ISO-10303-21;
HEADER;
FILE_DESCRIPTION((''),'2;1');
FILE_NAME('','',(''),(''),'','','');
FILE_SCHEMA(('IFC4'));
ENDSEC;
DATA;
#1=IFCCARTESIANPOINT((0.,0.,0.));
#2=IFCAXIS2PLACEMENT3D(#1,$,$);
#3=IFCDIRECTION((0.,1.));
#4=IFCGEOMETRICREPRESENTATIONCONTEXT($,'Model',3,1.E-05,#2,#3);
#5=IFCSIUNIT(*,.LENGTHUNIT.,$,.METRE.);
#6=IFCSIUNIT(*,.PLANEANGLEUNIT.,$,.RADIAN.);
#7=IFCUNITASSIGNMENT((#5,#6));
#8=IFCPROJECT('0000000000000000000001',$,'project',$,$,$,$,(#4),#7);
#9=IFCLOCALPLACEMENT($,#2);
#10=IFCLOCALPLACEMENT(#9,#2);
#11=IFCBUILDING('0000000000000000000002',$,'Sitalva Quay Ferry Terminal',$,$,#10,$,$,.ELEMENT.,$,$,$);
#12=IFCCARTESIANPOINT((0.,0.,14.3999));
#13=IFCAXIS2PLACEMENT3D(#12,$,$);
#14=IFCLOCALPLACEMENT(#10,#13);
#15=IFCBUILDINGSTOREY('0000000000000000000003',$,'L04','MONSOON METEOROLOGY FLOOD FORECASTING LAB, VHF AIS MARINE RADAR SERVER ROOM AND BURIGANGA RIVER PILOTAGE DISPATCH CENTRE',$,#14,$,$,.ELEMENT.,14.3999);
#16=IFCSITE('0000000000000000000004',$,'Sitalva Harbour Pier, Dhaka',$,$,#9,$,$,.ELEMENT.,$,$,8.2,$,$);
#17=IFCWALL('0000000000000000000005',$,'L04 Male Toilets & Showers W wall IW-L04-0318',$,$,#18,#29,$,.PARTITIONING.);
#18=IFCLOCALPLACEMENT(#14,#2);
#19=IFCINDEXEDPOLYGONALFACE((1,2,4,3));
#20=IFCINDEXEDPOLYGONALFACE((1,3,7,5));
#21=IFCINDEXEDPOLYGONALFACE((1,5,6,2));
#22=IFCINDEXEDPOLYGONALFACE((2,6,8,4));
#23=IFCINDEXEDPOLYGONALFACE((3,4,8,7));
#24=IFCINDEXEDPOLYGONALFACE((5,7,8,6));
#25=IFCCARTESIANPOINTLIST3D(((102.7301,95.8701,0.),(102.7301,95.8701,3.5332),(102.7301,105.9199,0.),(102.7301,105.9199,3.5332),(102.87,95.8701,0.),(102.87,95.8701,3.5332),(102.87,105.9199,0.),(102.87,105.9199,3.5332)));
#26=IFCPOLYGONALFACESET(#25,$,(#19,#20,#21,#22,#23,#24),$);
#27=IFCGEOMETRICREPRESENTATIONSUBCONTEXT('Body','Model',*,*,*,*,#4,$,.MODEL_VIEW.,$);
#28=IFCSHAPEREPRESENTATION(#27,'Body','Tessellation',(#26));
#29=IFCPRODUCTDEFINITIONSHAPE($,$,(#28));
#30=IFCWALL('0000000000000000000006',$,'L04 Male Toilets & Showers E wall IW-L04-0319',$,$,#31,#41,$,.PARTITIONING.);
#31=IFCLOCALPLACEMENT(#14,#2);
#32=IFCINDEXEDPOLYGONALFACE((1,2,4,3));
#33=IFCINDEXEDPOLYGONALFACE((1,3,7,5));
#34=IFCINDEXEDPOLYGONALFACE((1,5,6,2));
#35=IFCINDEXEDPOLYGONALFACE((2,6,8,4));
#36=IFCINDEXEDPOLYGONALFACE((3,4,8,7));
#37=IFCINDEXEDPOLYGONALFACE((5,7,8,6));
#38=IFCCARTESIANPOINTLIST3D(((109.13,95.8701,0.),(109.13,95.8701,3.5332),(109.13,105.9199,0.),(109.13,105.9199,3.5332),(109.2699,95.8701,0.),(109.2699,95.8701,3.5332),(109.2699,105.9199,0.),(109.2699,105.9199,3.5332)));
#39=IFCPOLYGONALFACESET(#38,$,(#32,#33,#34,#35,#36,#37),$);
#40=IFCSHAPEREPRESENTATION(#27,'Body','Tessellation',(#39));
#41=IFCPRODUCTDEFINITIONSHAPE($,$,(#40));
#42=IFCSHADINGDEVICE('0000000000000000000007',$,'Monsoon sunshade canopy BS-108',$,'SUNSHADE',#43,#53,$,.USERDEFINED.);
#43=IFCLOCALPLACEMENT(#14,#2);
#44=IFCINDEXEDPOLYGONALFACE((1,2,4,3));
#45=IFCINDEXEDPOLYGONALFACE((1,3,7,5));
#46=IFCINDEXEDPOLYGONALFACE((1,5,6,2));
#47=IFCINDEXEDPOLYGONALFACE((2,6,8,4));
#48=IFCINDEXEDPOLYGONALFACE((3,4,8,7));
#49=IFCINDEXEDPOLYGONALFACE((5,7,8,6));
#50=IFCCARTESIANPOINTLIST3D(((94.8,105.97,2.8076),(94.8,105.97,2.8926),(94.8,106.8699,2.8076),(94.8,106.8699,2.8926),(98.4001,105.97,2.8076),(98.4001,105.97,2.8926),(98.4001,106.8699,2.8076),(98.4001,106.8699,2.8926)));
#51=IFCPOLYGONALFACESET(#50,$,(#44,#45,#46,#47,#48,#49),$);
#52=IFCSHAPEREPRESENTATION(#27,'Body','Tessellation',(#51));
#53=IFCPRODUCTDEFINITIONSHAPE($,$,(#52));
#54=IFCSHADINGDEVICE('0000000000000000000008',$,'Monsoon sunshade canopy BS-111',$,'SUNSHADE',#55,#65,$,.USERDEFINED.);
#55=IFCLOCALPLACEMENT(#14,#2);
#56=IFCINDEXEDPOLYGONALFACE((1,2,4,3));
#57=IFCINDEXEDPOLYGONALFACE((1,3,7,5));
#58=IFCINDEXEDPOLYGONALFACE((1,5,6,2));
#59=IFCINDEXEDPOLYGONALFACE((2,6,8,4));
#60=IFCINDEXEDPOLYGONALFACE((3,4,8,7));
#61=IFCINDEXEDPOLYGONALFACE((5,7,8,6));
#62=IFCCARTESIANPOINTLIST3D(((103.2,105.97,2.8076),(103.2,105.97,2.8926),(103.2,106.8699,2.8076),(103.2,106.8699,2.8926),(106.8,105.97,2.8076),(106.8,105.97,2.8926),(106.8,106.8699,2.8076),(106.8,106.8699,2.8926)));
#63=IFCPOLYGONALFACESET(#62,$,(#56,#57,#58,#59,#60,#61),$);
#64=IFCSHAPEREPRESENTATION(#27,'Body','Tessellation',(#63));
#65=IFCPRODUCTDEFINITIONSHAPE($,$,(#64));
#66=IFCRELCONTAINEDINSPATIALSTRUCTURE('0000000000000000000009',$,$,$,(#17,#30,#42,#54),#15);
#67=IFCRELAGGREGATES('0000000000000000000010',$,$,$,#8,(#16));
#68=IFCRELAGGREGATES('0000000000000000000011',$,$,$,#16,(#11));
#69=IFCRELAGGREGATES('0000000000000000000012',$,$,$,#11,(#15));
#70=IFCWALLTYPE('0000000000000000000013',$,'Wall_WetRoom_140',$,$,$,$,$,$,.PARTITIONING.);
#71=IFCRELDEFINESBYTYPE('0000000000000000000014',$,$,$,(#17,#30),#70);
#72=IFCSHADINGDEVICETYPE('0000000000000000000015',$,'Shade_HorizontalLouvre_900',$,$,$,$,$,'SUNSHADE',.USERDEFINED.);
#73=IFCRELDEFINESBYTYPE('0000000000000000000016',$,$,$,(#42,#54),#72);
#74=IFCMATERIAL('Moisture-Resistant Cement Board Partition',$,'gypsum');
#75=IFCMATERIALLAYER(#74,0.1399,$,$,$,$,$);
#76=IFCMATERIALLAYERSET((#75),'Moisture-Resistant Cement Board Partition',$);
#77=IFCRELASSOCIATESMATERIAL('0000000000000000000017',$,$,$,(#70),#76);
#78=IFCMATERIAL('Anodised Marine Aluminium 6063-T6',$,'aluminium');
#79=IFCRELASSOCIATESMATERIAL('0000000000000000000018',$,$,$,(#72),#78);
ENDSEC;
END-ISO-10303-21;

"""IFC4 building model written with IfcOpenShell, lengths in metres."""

from ifc_helpers import new_model, si_unit, direction, frame, frame_2d, origin, origin_2d, place, context, subcontext, project, spatial, rectangle, extrude, material, layer, layer_set, type_object, element, save


model = new_model("IFC4")

# Units and contexts
model_context = context("Model", 3, precision=1e-05, world=origin(), true_north=direction((0.0, 1.0)))
body_context = subcontext(model_context, "Body", "Model", "MODEL_VIEW")
ifc_project = project(units=[si_unit("LENGTHUNIT", "METRE"), si_unit("PLANEANGLEUNIT", "RADIAN")], contexts=[model_context])

# Site, building, storey
site_placement = place(None, origin())
site = spatial("IfcSite", under=ifc_project, at=site_placement, Name="Sitalva Harbour Pier, Dhaka", CompositionType="ELEMENT", RefElevation=8.2)
building_placement = place(site_placement, origin())
building = spatial("IfcBuilding", under=site, at=building_placement, Name="Sitalva Quay Ferry Terminal", CompositionType="ELEMENT")
storey_placement = place(building_placement, frame((0.0, 0.0, 14.3999)))
storey = spatial("IfcBuildingStorey", under=building, at=storey_placement, Name="L04", Description="MONSOON METEOROLOGY FLOOD FORECASTING LAB, VHF AIS MARINE RADAR SERVER ROOM AND BURIGANGA RIVER PILOTAGE DISPATCH CENTRE", CompositionType="ELEMENT", Elevation=14.3999)

# Walls
ifc_material_1 = material(Name="Moisture-Resistant Cement Board Partition", Category="gypsum")
ifc_layer_1 = layer(ifc_material_1, 0.1399)
ifc_layer_set_1 = layer_set([ifc_layer_1], Name="Moisture-Resistant Cement Board Partition")
wall_type_1 = type_object("IfcWallType", Name="Wall_WetRoom_140", PredefinedType="PARTITIONING", material=ifc_layer_set_1)
for number, where, z_axis, x_axis, name in (
    (1, (102.8, 95.8701, 0.0), (0.0, 0.0, 1.0), (0.0, 1.0, 0.0), "L04 Male Toilets & Showers W wall IW-L04-0318"),
    (2, (109.2, 95.8701, 0.0), (0.0, 0.0, 1.0), (0.0, 1.0, 0.0), "L04 Male Toilets & Showers E wall IW-L04-0319"),
):
    element("IfcWall", number, at=place(storey_placement, frame(where, z_axis=z_axis, x_axis=x_axis)), inside=storey, type_object=wall_type_1, Name=name, PredefinedType="PARTITIONING", context=body_context, shape_type="SweptSolid", body=[
        extrude(rectangle(XDim=10.0498, YDim=0.1399, at=frame_2d((5.0249, 0.0))), origin(), (0.0, 0.0, 1.0), 3.5332),
    ])

# Shading devices
ifc_material_2 = material(Name="Anodised Marine Aluminium 6063-T6", Category="aluminium")
shading_device_type = type_object("IfcShadingDeviceType", Name="Shade_HorizontalLouvre_900", ElementType="SUNSHADE", PredefinedType="USERDEFINED", material=ifc_material_2)
for number, where, z_axis, x_axis, name in (
    (3, (96.6001, 106.4199, 2.8076), (0.0, 0.0, 1.0), (1.0, 0.0, 0.0), "Monsoon sunshade canopy BS-108"),
    (4, (105.0, 106.4199, 2.8076), (0.0, 0.0, 1.0), (1.0, 0.0, 0.0), "Monsoon sunshade canopy BS-111"),
):
    element("IfcShadingDevice", number, at=place(storey_placement, frame(where, z_axis=z_axis, x_axis=x_axis)), inside=storey, type_object=shading_device_type, Name=name, ObjectType="SUNSHADE", PredefinedType="USERDEFINED", context=body_context, shape_type="SweptSolid", body=[
        extrude(rectangle(XDim=3.6001, YDim=0.8999, at=origin_2d()), origin(), (0.0, 0.0, 1.0), 0.085),
    ])

save(model, "model.ifc")
